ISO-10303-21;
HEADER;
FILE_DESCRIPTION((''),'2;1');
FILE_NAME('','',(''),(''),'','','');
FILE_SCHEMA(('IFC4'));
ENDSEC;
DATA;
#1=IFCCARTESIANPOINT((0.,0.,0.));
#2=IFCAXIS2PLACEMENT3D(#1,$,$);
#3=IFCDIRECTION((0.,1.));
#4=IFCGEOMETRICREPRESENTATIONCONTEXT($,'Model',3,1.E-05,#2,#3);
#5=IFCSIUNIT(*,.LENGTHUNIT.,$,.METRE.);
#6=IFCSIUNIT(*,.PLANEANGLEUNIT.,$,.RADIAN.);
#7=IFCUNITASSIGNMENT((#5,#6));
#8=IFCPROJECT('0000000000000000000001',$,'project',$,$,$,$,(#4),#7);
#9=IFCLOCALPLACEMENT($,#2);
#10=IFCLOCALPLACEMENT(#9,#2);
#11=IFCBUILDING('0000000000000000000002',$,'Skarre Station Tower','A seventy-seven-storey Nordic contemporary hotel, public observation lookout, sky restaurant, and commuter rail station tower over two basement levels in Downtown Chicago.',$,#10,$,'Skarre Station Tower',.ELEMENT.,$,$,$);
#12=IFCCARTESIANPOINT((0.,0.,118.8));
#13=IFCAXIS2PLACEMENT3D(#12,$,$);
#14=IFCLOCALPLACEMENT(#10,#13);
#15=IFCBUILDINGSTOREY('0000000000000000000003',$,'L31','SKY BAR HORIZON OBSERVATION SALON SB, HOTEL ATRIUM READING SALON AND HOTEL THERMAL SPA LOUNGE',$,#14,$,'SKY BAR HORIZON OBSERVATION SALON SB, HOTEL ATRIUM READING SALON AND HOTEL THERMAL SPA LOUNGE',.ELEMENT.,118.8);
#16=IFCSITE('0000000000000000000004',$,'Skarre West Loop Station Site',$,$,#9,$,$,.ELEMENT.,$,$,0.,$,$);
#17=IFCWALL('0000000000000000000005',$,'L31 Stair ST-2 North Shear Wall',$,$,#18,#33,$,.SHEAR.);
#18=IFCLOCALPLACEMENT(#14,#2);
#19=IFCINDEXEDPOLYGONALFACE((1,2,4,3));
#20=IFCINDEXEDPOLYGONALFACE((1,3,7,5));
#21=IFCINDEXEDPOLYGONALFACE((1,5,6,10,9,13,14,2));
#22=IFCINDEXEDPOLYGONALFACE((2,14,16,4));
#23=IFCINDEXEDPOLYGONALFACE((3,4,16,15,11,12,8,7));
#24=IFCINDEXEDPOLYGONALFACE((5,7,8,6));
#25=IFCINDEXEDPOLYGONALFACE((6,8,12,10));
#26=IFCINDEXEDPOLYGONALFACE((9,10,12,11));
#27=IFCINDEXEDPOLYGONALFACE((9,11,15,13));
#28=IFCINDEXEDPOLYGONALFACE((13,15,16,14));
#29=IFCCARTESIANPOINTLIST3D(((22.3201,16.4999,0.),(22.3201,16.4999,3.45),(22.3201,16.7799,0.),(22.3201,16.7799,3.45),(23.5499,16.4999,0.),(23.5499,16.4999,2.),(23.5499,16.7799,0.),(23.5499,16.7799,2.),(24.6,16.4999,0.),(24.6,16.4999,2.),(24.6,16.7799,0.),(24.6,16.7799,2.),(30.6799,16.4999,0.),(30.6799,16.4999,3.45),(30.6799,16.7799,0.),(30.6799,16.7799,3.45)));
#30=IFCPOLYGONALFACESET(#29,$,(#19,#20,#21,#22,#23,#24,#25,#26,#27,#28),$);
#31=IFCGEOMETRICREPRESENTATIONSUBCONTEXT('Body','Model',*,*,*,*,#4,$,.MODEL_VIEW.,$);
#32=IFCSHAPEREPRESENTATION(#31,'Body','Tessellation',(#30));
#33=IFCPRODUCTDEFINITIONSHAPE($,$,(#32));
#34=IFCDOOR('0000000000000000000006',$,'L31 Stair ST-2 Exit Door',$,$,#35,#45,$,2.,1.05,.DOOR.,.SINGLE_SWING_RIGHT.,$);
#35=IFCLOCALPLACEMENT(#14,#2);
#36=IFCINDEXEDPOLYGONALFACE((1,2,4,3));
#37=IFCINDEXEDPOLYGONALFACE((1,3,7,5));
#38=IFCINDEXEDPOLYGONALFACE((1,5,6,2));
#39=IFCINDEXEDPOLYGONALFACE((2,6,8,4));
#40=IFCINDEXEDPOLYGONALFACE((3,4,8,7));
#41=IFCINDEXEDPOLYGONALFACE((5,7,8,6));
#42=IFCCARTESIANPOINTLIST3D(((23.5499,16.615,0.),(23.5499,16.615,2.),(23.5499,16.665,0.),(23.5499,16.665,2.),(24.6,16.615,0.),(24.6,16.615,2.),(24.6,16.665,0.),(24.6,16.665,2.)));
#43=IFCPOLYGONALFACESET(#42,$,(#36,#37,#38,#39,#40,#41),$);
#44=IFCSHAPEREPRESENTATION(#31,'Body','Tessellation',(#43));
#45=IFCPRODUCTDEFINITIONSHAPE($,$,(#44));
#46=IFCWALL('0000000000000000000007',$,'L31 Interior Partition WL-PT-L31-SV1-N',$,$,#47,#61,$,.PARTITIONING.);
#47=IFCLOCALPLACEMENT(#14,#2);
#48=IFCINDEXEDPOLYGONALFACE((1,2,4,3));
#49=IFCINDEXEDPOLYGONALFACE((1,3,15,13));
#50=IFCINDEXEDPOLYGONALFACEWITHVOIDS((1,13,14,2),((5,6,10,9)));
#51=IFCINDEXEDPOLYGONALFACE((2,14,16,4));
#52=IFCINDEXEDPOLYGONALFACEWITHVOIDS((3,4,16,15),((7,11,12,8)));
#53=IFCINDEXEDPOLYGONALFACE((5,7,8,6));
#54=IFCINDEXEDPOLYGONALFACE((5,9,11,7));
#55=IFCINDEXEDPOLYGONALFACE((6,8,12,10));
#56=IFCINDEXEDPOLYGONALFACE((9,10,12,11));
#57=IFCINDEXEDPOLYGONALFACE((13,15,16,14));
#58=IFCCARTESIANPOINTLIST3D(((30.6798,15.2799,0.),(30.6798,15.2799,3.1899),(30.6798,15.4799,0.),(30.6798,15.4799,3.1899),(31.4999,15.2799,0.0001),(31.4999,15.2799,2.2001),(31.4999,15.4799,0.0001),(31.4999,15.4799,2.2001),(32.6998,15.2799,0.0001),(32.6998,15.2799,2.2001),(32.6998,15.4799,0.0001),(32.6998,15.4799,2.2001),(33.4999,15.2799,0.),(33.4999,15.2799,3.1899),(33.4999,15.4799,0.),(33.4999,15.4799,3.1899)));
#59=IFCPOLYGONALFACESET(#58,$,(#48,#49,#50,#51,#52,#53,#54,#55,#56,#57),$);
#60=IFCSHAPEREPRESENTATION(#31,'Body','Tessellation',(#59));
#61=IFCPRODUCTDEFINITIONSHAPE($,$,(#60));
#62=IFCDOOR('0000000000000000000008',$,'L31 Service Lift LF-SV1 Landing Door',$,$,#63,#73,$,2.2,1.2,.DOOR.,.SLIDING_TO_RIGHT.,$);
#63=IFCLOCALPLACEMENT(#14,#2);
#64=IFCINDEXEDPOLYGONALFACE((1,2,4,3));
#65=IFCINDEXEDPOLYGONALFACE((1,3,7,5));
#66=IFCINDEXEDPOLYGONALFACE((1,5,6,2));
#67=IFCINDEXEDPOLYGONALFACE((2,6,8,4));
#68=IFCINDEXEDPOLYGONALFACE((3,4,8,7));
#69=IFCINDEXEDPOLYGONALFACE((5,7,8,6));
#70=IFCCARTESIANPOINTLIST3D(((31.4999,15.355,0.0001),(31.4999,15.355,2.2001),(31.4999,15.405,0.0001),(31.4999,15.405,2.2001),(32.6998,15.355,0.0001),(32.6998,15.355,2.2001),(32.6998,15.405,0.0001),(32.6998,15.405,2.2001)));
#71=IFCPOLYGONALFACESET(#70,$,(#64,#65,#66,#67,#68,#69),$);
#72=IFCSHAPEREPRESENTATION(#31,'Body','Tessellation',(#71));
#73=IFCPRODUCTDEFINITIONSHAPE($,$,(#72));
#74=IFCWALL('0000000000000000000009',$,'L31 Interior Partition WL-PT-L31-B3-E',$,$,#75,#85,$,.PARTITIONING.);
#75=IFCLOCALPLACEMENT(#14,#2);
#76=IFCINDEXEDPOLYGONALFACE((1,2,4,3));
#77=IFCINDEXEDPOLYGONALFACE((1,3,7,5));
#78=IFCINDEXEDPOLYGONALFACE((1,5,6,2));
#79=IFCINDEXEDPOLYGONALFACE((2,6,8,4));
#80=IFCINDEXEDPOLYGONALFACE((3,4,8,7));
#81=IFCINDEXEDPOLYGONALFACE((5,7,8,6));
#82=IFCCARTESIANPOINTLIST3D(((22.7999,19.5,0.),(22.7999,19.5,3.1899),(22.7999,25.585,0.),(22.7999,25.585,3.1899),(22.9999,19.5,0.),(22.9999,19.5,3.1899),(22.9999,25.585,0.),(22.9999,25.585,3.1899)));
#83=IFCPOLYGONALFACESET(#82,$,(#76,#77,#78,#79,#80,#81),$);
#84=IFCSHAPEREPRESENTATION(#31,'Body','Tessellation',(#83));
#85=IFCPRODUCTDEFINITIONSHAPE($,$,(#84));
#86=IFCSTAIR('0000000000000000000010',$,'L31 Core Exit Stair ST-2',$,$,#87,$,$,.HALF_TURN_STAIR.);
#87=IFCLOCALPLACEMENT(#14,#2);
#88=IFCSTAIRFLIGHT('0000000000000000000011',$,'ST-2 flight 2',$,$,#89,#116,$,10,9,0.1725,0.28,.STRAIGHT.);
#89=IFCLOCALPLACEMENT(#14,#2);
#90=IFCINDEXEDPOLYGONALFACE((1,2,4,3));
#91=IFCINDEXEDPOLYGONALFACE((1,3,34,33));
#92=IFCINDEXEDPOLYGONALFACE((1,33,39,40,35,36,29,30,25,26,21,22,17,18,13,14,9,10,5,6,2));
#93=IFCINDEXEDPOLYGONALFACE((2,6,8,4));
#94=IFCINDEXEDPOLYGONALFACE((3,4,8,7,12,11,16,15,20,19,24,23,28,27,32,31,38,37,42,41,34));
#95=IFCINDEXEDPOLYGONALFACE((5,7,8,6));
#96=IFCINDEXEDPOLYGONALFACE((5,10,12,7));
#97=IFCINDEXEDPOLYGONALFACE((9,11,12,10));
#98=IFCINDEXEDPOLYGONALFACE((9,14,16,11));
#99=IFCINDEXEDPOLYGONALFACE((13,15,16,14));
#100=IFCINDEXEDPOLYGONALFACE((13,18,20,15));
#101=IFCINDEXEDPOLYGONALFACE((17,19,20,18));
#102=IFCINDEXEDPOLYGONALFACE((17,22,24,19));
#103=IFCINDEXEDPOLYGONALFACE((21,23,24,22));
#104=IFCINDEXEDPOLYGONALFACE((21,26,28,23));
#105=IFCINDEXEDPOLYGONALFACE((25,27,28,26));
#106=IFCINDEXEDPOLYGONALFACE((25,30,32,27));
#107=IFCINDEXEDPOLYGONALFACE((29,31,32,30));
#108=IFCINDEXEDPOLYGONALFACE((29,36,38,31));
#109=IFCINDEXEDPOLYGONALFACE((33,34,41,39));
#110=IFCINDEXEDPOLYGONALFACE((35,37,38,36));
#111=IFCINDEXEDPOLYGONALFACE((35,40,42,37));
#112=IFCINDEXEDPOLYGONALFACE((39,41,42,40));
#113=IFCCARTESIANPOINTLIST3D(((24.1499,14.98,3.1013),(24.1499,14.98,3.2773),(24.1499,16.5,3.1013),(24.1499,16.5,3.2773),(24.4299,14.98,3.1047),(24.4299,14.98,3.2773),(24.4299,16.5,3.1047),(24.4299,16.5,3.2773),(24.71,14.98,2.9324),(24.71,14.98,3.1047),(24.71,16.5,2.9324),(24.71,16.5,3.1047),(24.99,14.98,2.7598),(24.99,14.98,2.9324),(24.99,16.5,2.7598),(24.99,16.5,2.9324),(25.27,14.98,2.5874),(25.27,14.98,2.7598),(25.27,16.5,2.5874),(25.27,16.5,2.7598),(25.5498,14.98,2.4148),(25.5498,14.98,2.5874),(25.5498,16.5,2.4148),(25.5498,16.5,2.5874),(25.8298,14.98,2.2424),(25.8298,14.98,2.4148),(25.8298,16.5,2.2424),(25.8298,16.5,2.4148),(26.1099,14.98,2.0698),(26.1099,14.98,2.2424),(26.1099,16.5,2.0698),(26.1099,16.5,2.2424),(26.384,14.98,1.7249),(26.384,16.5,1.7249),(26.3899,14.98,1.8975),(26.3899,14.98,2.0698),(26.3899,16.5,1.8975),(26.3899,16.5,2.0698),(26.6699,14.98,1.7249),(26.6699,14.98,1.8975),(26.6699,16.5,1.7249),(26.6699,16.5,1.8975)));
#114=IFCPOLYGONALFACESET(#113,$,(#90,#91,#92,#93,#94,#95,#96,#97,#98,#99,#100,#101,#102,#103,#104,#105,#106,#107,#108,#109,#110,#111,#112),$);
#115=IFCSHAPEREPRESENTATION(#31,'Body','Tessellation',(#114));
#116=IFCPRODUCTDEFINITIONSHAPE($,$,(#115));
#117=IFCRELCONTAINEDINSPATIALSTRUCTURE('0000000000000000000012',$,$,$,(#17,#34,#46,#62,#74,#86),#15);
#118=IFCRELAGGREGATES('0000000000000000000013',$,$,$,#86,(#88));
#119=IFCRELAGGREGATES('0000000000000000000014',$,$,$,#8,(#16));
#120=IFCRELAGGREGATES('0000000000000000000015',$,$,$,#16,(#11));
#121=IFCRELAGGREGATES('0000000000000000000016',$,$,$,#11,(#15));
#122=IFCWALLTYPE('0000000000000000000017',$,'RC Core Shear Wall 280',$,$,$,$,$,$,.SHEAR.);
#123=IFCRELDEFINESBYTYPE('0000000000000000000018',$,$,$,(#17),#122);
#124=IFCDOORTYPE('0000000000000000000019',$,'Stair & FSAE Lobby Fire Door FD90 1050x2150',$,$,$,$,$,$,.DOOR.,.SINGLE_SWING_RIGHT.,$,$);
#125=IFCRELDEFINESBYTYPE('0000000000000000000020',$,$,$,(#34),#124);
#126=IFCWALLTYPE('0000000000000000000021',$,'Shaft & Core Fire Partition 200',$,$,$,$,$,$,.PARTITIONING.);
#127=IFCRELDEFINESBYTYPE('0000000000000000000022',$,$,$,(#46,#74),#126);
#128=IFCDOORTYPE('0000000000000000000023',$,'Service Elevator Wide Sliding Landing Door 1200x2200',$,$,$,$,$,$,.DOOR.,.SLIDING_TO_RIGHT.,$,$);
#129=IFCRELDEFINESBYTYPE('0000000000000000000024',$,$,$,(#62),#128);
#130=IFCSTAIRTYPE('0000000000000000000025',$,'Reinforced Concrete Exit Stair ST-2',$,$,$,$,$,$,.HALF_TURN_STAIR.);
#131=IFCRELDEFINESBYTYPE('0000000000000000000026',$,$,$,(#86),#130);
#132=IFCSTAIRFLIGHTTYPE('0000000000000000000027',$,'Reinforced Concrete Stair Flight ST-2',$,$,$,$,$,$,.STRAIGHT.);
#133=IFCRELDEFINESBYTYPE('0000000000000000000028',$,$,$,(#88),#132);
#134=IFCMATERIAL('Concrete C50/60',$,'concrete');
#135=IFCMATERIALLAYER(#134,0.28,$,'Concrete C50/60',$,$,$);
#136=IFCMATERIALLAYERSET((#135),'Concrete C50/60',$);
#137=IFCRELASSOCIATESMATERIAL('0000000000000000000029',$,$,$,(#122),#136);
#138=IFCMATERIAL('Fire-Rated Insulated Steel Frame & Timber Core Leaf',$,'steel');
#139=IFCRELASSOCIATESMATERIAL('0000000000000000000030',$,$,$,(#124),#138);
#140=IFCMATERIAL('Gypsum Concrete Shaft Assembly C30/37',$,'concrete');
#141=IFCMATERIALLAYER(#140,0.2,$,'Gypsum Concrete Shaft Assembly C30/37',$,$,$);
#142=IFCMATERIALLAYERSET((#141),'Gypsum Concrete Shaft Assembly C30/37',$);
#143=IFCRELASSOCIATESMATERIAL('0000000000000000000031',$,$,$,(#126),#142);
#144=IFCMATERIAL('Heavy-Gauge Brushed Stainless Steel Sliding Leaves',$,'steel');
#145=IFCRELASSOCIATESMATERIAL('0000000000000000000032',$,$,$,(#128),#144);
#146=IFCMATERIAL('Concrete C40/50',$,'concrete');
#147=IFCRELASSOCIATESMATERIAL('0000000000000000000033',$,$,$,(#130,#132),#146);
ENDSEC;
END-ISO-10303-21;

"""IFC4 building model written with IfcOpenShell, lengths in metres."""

from ifc_helpers import new_model, si_unit, direction, frame, frame_2d, origin, place, context, subcontext, project, spatial, polyline, rectangle, outline, extrude, material, layer, layer_set, type_object, element, fill, aggregate, save


model = new_model("IFC4")

# Units and contexts
model_context = context("Model", 3, precision=1e-05, world=origin(), true_north=direction((0.0, 1.0)))
body_context = subcontext(model_context, "Body", "Model", "MODEL_VIEW")
ifc_project = project(units=[si_unit("LENGTHUNIT", "METRE"), si_unit("PLANEANGLEUNIT", "RADIAN")], contexts=[model_context])

# Site, building, storey
site_placement = place(None, origin())
site = spatial("IfcSite", under=ifc_project, at=site_placement, Name="Skarre West Loop Station Site", CompositionType="ELEMENT", RefElevation=0.0)
building_placement = place(site_placement, origin())
building = spatial("IfcBuilding", under=site, at=building_placement, Name="Skarre Station Tower", Description="A seventy-seven-storey Nordic contemporary hotel, public observation lookout, sky restaurant, and commuter rail station tower over two basement levels in Downtown Chicago.", LongName="Skarre Station Tower", CompositionType="ELEMENT")
storey_placement = place(building_placement, frame((0.0, 0.0, 118.8)))
storey = spatial("IfcBuildingStorey", under=building, at=storey_placement, Name="L31", Description="SKY BAR HORIZON OBSERVATION SALON SB, HOTEL ATRIUM READING SALON AND HOTEL THERMAL SPA LOUNGE", LongName="SKY BAR HORIZON OBSERVATION SALON SB, HOTEL ATRIUM READING SALON AND HOTEL THERMAL SPA LOUNGE", CompositionType="ELEMENT", Elevation=118.8)

# Walls, openings, doors
ifc_material_1 = material(Name="Concrete C50/60", Category="concrete")
ifc_layer_1 = layer(ifc_material_1, 0.28, Name="Concrete C50/60")
ifc_layer_set_1 = layer_set([ifc_layer_1], Name="Concrete C50/60")
wall_type_1 = type_object("IfcWallType", Name="RC Core Shear Wall 280", PredefinedType="SHEAR", material=ifc_layer_set_1)
wall_1_placement = place(storey_placement, frame((30.6799, 16.6399, 0.0), z_axis=(0.0, 0.0, 1.0), x_axis=(-1.0, 0.0, 0.0)))
wall_1 = element("IfcWall", 1, at=wall_1_placement, inside=storey, type_object=wall_type_1, Name="L31 Stair ST-2 North Shear Wall", PredefinedType="SHEAR", context=body_context, shape_type="SweptSolid", body=[
    extrude(rectangle(XDim=8.3599, YDim=0.28, at=frame_2d((4.1799, 0.0))), origin(), (0.0, 0.0, 1.0), 3.45),
])
opening_1_placement = place(wall_1_placement, frame((6.0801, 0.0, 0.0)))
opening_1 = element("IfcOpeningElement", 2, at=opening_1_placement, cuts=wall_1, PredefinedType="OPENING", context=body_context, shape_type="SweptSolid", body=[
    extrude(rectangle(XDim=1.05, YDim=2.0, at=frame_2d((0.5249, 1.0))), frame((0.0, 0.1499, 0.0), z_axis=(0.0, -1.0, 0.0), x_axis=(1.0, 0.0, 0.0)), (0.0, 0.0, 1.0), 0.3),
])
ifc_material_2 = material(Name="Fire-Rated Insulated Steel Frame & Timber Core Leaf", Category="steel")
door_type_1 = type_object("IfcDoorType", Name="Stair & FSAE Lobby Fire Door FD90 1050x2150", OperationType="SINGLE_SWING_RIGHT", PredefinedType="DOOR", material=ifc_material_2)
door_1_placement = place(opening_1_placement, origin())
door_1 = element("IfcDoor", 3, at=door_1_placement, inside=storey, type_object=door_type_1, Name="L31 Stair ST-2 Exit Door", OperationType="SINGLE_SWING_RIGHT", OverallHeight=2.0, OverallWidth=1.05, PredefinedType="DOOR", context=body_context, shape_type="SweptSolid", body=[
    extrude(rectangle(XDim=1.05, YDim=2.0, at=frame_2d((0.5249, 1.0))), frame((0.0, 0.0249, 0.0), z_axis=(0.0, -1.0, 0.0), x_axis=(1.0, 0.0, 0.0)), (0.0, 0.0, 1.0), 0.05),
])
fill(opening_1, door_1)
ifc_material_3 = material(Name="Gypsum Concrete Shaft Assembly C30/37", Category="concrete")
ifc_layer_2 = layer(ifc_material_3, 0.2, Name="Gypsum Concrete Shaft Assembly C30/37")
ifc_layer_set_2 = layer_set([ifc_layer_2], Name="Gypsum Concrete Shaft Assembly C30/37")
wall_type_2 = type_object("IfcWallType", Name="Shaft & Core Fire Partition 200", PredefinedType="PARTITIONING", material=ifc_layer_set_2)
wall_2_placement = place(storey_placement, frame((33.5, 15.3799, 0.0), z_axis=(0.0, 0.0, 1.0), x_axis=(-1.0, 0.0, 0.0)))
wall_2 = element("IfcWall", 4, at=wall_2_placement, inside=storey, type_object=wall_type_2, Name="L31 Interior Partition WL-PT-L31-SV1-N", PredefinedType="PARTITIONING", context=body_context, shape_type="SweptSolid", body=[
    extrude(rectangle(XDim=2.8201, YDim=0.2, at=frame_2d((1.4102, 0.0))), origin(), (0.0, 0.0, 1.0), 3.1899),
])
opening_2_placement = place(wall_2_placement, frame((0.8, 0.0, 0.0)))
opening_2 = element("IfcOpeningElement", 5, at=opening_2_placement, cuts=wall_2, PredefinedType="OPENING", context=body_context, shape_type="SweptSolid", body=[
    extrude(rectangle(XDim=1.2, YDim=2.2, at=frame_2d((0.6001, 1.1001))), frame((0.0, 0.1099, 0.0), z_axis=(0.0, -1.0, 0.0), x_axis=(1.0, 0.0, 0.0)), (0.0, 0.0, 1.0), 0.22),
])
ifc_material_4 = material(Name="Heavy-Gauge Brushed Stainless Steel Sliding Leaves", Category="steel")
door_type_2 = type_object("IfcDoorType", Name="Service Elevator Wide Sliding Landing Door 1200x2200", OperationType="SLIDING_TO_RIGHT", PredefinedType="DOOR", material=ifc_material_4)
door_2_placement = place(opening_2_placement, origin())
door_2 = element("IfcDoor", 6, at=door_2_placement, inside=storey, type_object=door_type_2, Name="L31 Service Lift LF-SV1 Landing Door", OperationType="SLIDING_TO_RIGHT", OverallHeight=2.2, OverallWidth=1.2, PredefinedType="DOOR", context=body_context, shape_type="SweptSolid", body=[
    extrude(rectangle(XDim=1.2, YDim=2.2, at=frame_2d((0.6001, 1.1001))), frame((0.0, 0.0249, 0.0), z_axis=(0.0, -1.0, 0.0), x_axis=(1.0, 0.0, 0.0)), (0.0, 0.0, 1.0), 0.05),
])
fill(opening_2, door_2)

# Wall
wall_3_placement = place(storey_placement, frame((22.8999, 19.5, 0.0), z_axis=(0.0, 0.0, 1.0), x_axis=(0.0, 1.0, 0.0)))
element("IfcWall", 7, at=wall_3_placement, inside=storey, type_object=wall_type_2, Name="L31 Interior Partition WL-PT-L31-B3-E", PredefinedType="PARTITIONING", context=body_context, shape_type="SweptSolid", body=[
    extrude(rectangle(XDim=6.085, YDim=0.2, at=frame_2d((3.0425, 0.0))), origin(), (0.0, 0.0, 1.0), 3.1899),
])

# Stair, stair flight
ifc_material_5 = material(Name="Concrete C40/50", Category="concrete")
stair_type = type_object("IfcStairType", Name="Reinforced Concrete Exit Stair ST-2", PredefinedType="HALF_TURN_STAIR", material=ifc_material_5)
stair_placement = place(storey_placement, origin())
stair = element("IfcStair", 8, at=stair_placement, inside=storey, type_object=stair_type, Name="L31 Core Exit Stair ST-2", PredefinedType="HALF_TURN_STAIR")
stair_flight_type = type_object("IfcStairFlightType", Name="Reinforced Concrete Stair Flight ST-2", PredefinedType="STRAIGHT", material=ifc_material_5)
stair_flight_placement = place(storey_placement, frame((26.6699, 15.74, 1.7249), z_axis=(0.0, 0.0, 1.0), x_axis=(-1.0, 0.0, 0.0)))
stair_flight = element("IfcStairFlight", 9, at=stair_flight_placement, type_object=stair_flight_type, Name="ST-2 flight 2", NumberOfRisers=10, NumberOfTreads=9, PredefinedType="STRAIGHT", RiserHeight=0.1725, TreadLength=0.28, context=body_context, shape_type="SweptSolid", body=[
    extrude(outline(polyline([(0.0, 0.0), (0.0, 0.1726), (0.28, 0.1726), (0.28, 0.345), (0.5601, 0.345), (0.5601, 0.5176), (0.8401, 0.5176), (0.8401, 0.6899), (1.1201, 0.6899), (1.1201, 0.8625), (1.3999, 0.8625), (1.3999, 1.0349), (1.6799, 1.0349), (1.6799, 1.2075), (1.96, 1.2075), (1.96, 1.3799), (2.24, 1.3799), (2.24, 1.5525), (2.52, 1.5525), (2.52, 1.7251), (2.52, 1.3765), (0.2859, 0.0), (0.0, 0.0)])), frame((0.0, 0.76, 0.0), z_axis=(0.0, -1.0, 0.0), x_axis=(1.0, 0.0, 0.0)), (0.0, 0.0, 1.0), 1.52),
])
aggregate(stair, [stair_flight])

save(model, "model.ifc")
